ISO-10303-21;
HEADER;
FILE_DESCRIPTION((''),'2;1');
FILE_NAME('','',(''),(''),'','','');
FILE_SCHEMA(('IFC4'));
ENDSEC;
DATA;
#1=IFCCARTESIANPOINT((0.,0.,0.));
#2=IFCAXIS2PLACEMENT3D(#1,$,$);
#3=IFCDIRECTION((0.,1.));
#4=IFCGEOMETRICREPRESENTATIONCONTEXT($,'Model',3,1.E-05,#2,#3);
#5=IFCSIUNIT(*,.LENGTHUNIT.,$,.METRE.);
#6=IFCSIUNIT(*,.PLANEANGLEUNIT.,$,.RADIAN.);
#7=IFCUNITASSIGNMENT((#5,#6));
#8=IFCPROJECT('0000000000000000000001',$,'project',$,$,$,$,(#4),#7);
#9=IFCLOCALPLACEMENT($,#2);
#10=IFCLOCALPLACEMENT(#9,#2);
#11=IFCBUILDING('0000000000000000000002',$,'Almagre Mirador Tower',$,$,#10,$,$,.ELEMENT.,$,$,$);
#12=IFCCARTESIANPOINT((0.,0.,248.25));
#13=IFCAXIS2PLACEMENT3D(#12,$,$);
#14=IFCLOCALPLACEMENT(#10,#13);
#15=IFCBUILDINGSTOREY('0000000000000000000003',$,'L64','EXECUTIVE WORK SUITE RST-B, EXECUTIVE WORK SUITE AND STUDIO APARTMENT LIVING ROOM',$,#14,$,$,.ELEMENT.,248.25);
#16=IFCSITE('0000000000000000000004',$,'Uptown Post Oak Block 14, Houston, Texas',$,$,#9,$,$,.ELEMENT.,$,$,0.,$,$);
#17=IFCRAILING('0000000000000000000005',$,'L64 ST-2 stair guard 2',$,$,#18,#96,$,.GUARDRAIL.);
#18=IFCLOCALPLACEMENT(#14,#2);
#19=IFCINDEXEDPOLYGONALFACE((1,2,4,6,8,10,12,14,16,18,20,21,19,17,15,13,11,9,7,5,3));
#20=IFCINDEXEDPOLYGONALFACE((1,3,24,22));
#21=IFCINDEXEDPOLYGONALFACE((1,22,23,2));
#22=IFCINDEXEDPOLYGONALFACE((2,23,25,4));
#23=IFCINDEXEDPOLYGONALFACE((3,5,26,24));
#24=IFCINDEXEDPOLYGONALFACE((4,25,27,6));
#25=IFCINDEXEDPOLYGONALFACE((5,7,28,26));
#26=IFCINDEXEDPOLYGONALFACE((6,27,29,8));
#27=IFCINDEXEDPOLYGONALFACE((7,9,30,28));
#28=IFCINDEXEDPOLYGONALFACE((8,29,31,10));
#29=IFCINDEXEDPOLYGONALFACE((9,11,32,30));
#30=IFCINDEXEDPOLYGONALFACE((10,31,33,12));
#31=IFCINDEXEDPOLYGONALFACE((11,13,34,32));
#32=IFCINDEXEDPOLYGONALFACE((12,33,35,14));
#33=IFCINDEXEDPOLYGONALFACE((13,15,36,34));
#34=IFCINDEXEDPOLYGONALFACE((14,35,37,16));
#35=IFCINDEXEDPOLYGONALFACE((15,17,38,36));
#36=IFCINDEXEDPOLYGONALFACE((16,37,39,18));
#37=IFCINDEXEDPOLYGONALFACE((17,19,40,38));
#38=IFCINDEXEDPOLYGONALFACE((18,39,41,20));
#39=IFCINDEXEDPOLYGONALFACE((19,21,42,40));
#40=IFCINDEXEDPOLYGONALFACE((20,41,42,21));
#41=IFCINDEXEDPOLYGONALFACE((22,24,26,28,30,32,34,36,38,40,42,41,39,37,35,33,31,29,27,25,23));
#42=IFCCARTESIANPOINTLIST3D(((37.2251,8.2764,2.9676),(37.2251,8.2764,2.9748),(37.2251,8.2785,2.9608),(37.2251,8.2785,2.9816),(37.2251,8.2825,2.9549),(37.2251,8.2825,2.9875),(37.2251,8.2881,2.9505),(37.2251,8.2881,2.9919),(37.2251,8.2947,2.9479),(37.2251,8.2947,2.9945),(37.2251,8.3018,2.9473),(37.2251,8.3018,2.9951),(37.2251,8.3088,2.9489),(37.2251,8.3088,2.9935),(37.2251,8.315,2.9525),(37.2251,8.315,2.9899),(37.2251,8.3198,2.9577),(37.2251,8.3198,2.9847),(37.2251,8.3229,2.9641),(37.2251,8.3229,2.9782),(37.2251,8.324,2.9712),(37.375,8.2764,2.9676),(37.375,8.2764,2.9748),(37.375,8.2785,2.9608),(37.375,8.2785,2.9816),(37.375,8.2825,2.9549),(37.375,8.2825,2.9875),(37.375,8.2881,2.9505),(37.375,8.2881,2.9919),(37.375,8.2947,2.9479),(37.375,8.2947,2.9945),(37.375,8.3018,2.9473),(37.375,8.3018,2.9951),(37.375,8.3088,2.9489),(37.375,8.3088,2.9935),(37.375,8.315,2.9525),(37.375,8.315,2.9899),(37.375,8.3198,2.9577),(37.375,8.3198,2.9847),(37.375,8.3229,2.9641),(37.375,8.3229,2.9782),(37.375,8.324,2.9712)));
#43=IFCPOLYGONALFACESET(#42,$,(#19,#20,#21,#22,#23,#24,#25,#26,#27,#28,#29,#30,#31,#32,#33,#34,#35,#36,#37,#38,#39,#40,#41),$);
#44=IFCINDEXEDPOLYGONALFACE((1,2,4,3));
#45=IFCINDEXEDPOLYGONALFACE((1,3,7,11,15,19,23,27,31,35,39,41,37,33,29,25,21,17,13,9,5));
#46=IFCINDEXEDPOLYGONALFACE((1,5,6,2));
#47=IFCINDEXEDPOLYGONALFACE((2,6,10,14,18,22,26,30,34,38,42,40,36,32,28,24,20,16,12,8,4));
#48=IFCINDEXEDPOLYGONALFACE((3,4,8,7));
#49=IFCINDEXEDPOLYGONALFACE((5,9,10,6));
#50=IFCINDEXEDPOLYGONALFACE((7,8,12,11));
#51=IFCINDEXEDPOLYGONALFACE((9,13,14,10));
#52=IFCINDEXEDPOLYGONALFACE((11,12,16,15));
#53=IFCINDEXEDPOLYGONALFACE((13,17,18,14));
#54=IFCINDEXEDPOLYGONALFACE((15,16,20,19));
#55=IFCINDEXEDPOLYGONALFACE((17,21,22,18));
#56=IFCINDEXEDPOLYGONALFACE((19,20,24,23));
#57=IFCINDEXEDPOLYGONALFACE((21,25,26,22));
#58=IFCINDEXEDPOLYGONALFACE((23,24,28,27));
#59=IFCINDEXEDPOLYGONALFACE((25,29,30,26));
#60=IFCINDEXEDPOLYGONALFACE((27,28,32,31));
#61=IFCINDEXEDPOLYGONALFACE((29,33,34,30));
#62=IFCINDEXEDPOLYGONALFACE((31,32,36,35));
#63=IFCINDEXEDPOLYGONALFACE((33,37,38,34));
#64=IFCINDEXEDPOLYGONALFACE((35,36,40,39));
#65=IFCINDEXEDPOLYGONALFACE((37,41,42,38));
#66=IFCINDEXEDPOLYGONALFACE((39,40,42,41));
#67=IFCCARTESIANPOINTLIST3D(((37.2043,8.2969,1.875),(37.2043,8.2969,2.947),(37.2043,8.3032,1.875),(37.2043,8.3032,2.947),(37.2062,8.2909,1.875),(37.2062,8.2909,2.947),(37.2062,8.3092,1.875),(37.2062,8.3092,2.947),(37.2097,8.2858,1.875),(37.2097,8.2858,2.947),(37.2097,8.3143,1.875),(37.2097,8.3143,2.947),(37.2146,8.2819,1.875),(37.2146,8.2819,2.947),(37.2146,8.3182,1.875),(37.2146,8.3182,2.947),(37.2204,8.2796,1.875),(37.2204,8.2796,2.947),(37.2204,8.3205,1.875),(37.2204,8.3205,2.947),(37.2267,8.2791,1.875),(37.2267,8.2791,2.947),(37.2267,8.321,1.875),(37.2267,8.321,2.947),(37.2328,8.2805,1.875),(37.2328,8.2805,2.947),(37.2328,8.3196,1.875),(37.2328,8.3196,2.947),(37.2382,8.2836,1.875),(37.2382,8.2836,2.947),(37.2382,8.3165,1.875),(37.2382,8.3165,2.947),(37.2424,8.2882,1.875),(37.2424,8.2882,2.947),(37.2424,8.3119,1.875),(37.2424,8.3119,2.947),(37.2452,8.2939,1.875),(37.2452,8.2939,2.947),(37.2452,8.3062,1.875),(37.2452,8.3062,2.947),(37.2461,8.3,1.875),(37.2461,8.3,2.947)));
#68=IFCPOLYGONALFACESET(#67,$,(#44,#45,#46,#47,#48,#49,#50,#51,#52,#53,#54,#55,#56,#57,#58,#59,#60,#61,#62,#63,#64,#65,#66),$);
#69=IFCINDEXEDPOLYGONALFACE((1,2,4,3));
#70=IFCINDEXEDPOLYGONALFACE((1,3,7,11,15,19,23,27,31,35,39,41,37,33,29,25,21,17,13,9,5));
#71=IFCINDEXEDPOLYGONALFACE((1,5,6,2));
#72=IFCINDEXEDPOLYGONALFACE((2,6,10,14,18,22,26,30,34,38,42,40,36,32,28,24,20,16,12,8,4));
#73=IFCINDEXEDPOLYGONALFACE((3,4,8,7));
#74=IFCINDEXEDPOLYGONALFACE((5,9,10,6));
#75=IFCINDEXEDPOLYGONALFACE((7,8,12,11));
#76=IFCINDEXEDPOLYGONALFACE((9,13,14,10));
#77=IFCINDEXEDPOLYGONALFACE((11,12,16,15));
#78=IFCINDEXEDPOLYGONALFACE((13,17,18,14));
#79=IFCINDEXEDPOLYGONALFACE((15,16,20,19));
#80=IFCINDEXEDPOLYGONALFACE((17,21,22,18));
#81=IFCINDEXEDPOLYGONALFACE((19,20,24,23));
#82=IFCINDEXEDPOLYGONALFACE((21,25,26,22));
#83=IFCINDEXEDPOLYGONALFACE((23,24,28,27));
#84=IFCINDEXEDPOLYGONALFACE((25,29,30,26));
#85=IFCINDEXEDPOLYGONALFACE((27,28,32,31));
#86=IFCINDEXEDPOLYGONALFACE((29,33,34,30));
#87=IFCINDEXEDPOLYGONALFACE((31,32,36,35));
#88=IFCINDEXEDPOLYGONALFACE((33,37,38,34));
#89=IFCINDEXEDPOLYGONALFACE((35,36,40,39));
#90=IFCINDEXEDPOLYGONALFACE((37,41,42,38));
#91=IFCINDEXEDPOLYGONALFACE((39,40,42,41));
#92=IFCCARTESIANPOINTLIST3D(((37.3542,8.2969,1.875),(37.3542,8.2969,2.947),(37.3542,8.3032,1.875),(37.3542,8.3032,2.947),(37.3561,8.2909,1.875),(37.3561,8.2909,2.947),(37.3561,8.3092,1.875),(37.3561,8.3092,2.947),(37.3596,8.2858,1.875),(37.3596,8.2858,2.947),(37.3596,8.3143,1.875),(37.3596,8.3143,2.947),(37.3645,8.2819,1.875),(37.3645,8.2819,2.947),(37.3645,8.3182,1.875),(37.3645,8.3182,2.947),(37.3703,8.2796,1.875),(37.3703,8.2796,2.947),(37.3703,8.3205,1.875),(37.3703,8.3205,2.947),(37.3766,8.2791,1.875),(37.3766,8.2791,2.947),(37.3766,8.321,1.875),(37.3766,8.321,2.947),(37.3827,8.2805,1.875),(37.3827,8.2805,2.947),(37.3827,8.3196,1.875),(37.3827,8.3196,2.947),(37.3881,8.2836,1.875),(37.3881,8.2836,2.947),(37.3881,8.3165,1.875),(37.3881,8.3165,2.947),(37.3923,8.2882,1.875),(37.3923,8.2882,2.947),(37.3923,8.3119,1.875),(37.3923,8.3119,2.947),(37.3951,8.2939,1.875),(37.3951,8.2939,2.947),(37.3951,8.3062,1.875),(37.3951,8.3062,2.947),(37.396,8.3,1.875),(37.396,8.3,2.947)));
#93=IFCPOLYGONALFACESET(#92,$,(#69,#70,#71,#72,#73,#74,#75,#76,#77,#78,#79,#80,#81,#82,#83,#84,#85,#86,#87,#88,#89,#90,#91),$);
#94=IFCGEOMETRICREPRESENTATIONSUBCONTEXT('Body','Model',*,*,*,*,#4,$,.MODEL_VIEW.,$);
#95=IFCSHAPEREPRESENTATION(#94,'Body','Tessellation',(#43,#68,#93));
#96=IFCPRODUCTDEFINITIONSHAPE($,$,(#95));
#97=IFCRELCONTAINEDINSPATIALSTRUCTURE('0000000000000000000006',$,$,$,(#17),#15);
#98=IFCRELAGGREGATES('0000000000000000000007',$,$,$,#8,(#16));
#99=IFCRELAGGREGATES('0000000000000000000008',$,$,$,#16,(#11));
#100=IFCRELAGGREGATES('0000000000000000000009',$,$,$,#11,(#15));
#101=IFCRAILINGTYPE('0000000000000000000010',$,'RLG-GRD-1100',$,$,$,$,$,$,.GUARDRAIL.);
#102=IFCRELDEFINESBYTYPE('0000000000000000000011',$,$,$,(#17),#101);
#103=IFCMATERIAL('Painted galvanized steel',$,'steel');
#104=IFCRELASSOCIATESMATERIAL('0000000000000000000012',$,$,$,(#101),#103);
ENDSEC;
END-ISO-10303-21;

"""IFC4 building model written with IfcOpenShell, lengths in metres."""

from ifc_helpers import new_model, si_unit, direction, frame, origin, origin_2d, place, context, subcontext, project, spatial, circle, extrude, material, type_object, element, save


model = new_model("IFC4")

# Units and contexts
model_context = context("Model", 3, precision=1e-05, world=origin(), true_north=direction((0.0, 1.0)))
body_context = subcontext(model_context, "Body", "Model", "MODEL_VIEW")
ifc_project = project(units=[si_unit("LENGTHUNIT", "METRE"), si_unit("PLANEANGLEUNIT", "RADIAN")], contexts=[model_context])

# Site, building, storey
site_placement = place(None, origin())
site = spatial("IfcSite", under=ifc_project, at=site_placement, Name="Uptown Post Oak Block 14, Houston, Texas", CompositionType="ELEMENT", RefElevation=0.0)
building_placement = place(site_placement, origin())
building = spatial("IfcBuilding", under=site, at=building_placement, Name="Almagre Mirador Tower", CompositionType="ELEMENT")
storey_placement = place(building_placement, frame((0.0, 0.0, 248.25)))
storey = spatial("IfcBuildingStorey", under=building, at=storey_placement, Name="L64", Description="EXECUTIVE WORK SUITE RST-B, EXECUTIVE WORK SUITE AND STUDIO APARTMENT LIVING ROOM", CompositionType="ELEMENT", Elevation=248.25)

# Railing
ifc_material_1 = material(Name="Painted galvanized steel", Category="steel")
railing_type_1 = type_object("IfcRailingType", Name="RLG-GRD-1100", PredefinedType="GUARDRAIL", material=ifc_material_1)
railing_1_placement = place(storey_placement, frame((37.2251, 8.3, 1.875)))
element("IfcRailing", 1, at=railing_1_placement, inside=storey, type_object=railing_type_1, Name="L64 ST-2 stair guard 2", PredefinedType="GUARDRAIL", context=body_context, shape_type="SweptSolid", body=[
    extrude(circle(Radius=0.0239, at=origin_2d()), frame((0.0, 0.0, 1.0962), z_axis=(1.0, 0.0, 0.0), x_axis=(0.0, 1.0, 0.0)), (0.0, 0.0, 1.0), 0.1499),
    extrude(circle(Radius=0.021, at=origin_2d()), origin(), (0.0, 0.0, 1.0), 1.072),
    extrude(circle(Radius=0.021, at=origin_2d()), frame((0.1499, 0.0, 0.0)), (0.0, 0.0, 1.0), 1.072),
])

save(model, "model.ifc")
